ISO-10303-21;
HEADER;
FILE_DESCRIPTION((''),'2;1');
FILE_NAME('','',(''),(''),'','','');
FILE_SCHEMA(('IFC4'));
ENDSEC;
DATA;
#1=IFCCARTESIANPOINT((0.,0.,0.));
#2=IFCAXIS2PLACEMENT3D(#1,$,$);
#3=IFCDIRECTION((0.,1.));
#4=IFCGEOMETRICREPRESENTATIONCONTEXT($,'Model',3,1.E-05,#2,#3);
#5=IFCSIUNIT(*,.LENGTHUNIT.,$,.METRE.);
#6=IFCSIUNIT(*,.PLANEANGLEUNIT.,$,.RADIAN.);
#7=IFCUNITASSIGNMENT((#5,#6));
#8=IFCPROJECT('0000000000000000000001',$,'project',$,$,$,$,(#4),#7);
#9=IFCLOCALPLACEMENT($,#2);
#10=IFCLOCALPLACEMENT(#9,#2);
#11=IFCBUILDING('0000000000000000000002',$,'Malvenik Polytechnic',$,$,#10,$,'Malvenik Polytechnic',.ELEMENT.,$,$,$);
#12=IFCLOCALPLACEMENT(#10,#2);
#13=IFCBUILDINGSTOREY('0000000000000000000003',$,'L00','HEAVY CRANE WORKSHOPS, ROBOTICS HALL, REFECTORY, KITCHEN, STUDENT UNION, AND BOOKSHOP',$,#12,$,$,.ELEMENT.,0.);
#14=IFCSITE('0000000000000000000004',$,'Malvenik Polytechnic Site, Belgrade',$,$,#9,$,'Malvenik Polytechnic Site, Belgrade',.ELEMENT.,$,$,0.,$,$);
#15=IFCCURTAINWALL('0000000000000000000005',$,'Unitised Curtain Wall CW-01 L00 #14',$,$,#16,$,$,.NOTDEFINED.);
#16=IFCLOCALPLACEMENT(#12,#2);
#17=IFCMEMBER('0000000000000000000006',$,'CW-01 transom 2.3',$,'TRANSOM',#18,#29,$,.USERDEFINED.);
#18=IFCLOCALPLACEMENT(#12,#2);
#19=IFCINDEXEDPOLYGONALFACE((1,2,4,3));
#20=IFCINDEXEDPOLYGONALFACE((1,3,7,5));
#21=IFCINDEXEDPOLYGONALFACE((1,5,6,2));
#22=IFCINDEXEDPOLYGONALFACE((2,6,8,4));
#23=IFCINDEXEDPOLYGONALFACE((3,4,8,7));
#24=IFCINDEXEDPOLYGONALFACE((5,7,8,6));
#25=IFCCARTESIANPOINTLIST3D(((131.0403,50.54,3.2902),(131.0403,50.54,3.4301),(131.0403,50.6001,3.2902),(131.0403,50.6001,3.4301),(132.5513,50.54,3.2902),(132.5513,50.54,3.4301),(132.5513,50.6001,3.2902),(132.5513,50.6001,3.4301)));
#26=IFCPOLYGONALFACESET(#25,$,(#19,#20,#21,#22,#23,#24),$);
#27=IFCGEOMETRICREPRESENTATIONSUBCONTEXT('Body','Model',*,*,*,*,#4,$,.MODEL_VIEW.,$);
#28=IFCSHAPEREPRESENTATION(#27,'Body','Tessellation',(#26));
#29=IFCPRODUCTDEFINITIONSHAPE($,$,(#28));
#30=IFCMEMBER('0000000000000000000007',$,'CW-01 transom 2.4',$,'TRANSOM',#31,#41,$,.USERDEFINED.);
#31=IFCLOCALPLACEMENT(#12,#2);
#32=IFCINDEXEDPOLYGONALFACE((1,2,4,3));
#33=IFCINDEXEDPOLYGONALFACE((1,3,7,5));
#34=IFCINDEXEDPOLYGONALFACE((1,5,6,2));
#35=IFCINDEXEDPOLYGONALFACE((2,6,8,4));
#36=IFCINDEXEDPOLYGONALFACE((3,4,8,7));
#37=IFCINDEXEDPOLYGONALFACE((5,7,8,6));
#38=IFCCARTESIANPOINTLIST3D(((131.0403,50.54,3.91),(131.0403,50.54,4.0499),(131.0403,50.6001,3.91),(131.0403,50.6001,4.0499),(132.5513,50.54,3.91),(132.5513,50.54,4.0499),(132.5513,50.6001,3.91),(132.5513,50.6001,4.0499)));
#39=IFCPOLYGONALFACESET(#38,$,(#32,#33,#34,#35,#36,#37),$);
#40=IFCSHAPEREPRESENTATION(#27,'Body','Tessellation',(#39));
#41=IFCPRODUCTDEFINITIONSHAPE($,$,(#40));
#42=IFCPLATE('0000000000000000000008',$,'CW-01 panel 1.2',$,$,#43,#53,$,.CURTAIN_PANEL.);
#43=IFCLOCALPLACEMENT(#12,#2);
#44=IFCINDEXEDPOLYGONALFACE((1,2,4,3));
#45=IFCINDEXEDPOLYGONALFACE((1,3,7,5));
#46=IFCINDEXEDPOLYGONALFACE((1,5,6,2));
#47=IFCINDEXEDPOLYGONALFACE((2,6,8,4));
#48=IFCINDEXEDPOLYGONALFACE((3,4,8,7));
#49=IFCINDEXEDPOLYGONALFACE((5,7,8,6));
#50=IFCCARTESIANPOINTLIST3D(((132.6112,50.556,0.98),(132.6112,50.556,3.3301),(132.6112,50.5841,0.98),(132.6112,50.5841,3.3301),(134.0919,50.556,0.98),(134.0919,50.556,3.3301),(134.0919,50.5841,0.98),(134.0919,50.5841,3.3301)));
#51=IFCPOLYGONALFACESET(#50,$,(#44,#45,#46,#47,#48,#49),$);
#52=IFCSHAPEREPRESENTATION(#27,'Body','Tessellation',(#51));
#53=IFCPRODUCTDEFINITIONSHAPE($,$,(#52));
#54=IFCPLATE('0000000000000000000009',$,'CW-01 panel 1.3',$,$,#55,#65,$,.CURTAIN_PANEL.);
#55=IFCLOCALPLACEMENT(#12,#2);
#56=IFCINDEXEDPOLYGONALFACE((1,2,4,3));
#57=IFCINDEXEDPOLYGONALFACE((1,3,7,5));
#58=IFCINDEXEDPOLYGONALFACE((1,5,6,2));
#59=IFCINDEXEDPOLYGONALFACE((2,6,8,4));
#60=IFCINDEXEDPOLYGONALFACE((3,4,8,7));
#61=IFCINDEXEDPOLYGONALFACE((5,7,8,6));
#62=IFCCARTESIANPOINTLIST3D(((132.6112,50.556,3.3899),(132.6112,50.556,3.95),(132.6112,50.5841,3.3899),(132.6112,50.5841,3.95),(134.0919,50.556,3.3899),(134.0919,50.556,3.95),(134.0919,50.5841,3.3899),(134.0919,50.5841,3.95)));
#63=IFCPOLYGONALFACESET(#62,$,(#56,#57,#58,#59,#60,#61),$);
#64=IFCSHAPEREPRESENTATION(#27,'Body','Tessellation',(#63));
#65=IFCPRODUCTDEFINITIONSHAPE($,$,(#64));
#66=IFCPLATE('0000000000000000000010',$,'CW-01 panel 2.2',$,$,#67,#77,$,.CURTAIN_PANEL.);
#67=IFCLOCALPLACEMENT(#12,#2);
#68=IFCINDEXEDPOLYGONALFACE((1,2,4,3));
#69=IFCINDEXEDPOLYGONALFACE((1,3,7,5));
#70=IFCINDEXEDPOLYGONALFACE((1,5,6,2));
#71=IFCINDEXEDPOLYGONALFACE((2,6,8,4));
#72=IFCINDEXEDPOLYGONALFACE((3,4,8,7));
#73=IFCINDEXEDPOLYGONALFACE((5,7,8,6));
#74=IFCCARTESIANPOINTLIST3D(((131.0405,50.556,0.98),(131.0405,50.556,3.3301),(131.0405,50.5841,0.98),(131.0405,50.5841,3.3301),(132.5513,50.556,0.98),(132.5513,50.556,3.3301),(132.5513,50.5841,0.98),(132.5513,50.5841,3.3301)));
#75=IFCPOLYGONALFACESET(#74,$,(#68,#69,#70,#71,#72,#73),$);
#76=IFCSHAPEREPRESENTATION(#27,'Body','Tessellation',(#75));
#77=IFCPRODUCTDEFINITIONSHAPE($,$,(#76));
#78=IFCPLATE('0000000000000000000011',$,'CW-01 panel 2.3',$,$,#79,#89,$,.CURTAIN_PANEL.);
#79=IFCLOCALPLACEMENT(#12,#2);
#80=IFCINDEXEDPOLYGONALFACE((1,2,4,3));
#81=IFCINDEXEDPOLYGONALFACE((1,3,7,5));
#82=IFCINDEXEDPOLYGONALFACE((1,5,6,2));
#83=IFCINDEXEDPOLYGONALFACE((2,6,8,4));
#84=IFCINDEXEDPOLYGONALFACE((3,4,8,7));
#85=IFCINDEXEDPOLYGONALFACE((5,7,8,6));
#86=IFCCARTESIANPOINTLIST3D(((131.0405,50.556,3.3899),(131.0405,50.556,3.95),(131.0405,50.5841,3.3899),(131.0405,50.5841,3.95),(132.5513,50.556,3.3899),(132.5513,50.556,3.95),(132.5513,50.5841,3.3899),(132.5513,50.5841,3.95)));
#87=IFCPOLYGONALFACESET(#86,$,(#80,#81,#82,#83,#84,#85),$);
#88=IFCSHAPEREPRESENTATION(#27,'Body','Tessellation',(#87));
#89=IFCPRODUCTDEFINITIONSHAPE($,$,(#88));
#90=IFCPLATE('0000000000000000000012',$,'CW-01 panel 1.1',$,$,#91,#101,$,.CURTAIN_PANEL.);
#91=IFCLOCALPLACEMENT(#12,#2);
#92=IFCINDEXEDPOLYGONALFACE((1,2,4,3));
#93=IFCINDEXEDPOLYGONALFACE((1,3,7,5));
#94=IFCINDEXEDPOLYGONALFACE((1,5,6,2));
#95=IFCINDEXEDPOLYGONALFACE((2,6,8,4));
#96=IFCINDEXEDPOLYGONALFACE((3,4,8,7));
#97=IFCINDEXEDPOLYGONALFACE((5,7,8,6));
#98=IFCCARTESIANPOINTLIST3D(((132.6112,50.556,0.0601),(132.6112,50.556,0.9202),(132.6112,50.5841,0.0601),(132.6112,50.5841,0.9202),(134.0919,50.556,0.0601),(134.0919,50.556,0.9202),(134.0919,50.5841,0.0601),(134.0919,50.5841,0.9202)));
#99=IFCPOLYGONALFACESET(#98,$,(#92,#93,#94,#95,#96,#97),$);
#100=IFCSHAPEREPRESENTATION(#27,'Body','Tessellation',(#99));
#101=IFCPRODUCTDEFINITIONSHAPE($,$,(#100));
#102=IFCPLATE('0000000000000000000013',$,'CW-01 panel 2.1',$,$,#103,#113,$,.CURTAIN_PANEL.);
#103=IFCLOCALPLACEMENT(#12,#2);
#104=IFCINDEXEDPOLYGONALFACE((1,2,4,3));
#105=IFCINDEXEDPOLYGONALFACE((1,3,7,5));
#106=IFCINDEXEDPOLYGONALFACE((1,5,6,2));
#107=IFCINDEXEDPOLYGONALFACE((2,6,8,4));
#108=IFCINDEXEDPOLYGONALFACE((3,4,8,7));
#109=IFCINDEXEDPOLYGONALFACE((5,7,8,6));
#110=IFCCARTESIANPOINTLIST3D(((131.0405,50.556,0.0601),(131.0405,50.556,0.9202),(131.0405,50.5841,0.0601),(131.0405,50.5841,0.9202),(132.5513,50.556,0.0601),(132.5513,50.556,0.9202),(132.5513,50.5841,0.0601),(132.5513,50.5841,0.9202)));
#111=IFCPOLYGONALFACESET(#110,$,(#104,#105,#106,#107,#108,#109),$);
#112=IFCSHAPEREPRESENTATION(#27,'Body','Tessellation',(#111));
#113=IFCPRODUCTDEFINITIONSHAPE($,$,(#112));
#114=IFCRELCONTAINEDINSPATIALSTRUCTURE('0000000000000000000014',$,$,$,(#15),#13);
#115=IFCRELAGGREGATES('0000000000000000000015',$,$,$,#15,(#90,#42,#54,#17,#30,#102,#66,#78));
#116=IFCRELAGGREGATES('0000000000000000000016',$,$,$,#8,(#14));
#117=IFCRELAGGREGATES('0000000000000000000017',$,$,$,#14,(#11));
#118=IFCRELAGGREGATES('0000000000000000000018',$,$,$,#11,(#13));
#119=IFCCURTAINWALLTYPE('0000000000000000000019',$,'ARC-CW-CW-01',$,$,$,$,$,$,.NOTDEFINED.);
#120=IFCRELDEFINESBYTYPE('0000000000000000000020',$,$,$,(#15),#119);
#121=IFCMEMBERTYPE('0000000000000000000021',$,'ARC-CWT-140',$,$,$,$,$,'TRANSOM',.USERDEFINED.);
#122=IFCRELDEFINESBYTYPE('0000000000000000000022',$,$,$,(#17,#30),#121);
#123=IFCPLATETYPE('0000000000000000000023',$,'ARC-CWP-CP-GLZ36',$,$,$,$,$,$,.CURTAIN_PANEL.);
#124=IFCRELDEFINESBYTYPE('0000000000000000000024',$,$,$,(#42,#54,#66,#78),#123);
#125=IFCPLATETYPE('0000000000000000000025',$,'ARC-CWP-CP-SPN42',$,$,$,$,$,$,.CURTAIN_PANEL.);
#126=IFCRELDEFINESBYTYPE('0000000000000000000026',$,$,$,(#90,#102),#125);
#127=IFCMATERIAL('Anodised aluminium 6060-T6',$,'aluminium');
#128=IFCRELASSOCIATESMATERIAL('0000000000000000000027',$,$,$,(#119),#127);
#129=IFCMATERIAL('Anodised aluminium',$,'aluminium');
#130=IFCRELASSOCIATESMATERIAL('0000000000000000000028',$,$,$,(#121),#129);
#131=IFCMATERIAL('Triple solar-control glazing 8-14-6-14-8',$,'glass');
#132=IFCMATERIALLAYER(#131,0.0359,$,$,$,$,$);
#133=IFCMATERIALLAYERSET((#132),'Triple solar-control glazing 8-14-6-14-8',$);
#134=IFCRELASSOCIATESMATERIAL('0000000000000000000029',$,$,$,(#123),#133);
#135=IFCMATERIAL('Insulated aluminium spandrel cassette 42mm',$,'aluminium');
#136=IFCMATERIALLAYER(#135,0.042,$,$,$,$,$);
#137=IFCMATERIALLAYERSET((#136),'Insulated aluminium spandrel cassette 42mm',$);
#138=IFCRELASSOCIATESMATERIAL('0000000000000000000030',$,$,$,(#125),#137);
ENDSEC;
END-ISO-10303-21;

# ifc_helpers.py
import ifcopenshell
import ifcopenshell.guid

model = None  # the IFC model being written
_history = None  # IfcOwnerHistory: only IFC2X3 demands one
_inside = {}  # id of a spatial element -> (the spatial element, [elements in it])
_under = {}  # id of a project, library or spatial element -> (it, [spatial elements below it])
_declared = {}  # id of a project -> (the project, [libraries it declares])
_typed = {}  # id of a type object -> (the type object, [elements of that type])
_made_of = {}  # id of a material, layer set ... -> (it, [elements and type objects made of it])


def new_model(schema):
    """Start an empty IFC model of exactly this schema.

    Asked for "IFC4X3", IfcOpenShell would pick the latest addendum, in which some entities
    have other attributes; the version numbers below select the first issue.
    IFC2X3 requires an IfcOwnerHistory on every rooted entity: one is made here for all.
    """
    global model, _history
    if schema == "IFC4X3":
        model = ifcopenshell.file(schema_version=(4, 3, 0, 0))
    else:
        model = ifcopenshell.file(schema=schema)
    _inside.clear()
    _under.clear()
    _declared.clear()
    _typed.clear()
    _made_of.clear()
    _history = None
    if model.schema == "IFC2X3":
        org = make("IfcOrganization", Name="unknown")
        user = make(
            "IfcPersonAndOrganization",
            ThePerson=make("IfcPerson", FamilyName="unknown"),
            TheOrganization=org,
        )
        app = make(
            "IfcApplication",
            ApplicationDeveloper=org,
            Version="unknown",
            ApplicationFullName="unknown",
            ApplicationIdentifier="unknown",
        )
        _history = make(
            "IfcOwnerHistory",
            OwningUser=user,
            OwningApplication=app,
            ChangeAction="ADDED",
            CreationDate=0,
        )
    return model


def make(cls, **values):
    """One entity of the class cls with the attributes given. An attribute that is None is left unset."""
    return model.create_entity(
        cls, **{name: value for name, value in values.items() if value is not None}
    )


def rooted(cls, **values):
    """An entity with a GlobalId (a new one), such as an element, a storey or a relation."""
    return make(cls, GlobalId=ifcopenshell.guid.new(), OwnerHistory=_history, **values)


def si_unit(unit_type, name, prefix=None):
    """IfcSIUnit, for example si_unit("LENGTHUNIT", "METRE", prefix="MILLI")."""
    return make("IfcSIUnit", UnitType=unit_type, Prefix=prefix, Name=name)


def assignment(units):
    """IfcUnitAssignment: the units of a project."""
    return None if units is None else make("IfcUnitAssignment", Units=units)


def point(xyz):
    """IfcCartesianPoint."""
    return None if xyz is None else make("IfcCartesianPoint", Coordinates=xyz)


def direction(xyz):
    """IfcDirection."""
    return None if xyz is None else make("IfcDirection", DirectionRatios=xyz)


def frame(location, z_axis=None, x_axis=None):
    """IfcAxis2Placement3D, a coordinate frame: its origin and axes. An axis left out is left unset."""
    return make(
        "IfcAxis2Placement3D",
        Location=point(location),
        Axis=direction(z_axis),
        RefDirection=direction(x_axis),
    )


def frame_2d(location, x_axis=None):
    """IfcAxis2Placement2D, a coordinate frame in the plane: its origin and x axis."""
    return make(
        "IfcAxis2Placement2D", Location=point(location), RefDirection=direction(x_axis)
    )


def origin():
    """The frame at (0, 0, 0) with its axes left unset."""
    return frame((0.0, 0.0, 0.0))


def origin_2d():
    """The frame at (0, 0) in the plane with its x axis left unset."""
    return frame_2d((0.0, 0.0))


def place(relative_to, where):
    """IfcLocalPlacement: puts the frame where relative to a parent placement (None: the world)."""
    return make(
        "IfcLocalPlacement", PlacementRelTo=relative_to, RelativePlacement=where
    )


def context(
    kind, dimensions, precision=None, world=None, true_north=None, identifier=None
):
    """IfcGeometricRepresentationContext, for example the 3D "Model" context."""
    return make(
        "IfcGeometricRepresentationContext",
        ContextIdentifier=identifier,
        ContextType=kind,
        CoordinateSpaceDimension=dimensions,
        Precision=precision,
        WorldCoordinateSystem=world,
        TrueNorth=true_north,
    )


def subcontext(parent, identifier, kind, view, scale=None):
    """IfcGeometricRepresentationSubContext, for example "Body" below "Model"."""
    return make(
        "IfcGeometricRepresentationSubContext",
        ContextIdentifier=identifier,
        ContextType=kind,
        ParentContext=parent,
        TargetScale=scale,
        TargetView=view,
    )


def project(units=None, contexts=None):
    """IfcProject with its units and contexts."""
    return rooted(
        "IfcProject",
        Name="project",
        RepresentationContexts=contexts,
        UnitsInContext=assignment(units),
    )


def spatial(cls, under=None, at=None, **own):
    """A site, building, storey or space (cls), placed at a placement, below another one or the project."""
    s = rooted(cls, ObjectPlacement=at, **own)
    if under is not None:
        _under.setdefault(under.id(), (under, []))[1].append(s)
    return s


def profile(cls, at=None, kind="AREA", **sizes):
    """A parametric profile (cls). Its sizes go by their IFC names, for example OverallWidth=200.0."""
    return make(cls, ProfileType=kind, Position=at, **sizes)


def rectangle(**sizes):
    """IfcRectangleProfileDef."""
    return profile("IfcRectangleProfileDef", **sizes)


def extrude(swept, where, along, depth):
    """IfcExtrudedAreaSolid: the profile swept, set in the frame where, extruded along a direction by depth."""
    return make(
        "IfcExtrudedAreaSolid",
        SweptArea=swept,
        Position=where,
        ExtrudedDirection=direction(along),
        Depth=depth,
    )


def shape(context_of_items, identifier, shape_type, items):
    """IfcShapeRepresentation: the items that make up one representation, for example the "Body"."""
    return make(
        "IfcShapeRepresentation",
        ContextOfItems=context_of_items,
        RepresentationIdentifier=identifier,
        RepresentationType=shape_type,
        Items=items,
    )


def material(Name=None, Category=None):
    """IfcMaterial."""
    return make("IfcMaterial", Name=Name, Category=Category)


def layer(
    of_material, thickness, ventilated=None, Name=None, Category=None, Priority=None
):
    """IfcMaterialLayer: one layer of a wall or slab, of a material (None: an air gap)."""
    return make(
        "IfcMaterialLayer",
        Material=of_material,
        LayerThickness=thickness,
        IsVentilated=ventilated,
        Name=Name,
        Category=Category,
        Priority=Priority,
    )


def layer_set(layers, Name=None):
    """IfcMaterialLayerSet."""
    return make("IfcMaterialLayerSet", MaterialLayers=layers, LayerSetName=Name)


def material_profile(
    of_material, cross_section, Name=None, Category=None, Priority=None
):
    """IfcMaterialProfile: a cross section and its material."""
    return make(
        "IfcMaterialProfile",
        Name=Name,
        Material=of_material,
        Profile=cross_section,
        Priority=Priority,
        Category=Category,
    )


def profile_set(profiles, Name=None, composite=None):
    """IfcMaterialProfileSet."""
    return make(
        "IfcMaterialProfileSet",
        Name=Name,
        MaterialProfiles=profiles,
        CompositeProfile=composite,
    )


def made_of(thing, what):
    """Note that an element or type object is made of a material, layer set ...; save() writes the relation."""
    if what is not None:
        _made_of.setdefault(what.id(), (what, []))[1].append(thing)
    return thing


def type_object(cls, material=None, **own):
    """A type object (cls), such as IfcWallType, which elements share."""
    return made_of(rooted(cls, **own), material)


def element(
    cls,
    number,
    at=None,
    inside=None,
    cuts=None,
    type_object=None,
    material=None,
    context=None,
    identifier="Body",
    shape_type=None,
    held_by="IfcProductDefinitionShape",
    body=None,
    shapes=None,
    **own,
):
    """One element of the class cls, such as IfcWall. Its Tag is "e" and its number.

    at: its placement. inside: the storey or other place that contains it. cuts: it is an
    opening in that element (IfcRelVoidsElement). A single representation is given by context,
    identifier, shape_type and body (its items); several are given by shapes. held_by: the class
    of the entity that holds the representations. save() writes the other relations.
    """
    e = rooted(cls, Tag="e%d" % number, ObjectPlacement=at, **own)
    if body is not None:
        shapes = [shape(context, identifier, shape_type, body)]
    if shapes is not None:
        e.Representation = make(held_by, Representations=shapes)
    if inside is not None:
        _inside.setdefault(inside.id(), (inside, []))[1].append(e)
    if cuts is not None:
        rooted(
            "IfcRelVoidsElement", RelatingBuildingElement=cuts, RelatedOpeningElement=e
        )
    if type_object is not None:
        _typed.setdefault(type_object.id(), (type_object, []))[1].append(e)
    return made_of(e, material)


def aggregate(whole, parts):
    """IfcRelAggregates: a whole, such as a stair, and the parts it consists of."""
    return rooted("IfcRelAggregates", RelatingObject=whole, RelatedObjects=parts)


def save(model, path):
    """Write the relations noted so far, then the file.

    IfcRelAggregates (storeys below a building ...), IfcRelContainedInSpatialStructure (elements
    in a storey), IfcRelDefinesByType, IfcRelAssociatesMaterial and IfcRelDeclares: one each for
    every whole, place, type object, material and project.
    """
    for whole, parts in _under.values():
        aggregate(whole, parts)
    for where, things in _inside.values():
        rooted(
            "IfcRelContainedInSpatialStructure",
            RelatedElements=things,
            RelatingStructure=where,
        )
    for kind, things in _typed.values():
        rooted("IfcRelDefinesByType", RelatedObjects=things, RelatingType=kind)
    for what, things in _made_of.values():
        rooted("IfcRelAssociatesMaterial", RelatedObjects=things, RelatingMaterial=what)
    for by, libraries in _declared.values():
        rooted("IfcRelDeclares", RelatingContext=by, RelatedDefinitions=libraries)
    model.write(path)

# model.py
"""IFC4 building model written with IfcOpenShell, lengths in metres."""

from ifc_helpers import new_model, si_unit, direction, frame, origin, origin_2d, place, context, subcontext, project, spatial, rectangle, extrude, material, layer, layer_set, material_profile, profile_set, type_object, element, aggregate, save


model = new_model("IFC4")

# Units and contexts
model_context = context("Model", 3, precision=1e-05, world=origin(), true_north=direction((0.0, 1.0)))
body_context = subcontext(model_context, "Body", "Model", "MODEL_VIEW")
ifc_project = project(units=[si_unit("LENGTHUNIT", "METRE"), si_unit("PLANEANGLEUNIT", "RADIAN")], contexts=[model_context])

# Site, building, storey
site_placement = place(None, origin())
site = spatial("IfcSite", under=ifc_project, at=site_placement, Name="Malvenik Polytechnic Site, Belgrade", LongName="Malvenik Polytechnic Site, Belgrade", CompositionType="ELEMENT", RefElevation=0.0)
building_placement = place(site_placement, origin())
building = spatial("IfcBuilding", under=site, at=building_placement, Name="Malvenik Polytechnic", LongName="Malvenik Polytechnic", CompositionType="ELEMENT")
storey_placement = place(building_placement, origin())
storey = spatial("IfcBuildingStorey", under=building, at=storey_placement, Name="L00", Description="HEAVY CRANE WORKSHOPS, ROBOTICS HALL, REFECTORY, KITCHEN, STUDENT UNION, AND BOOKSHOP", CompositionType="ELEMENT", Elevation=0.0)

# Curtain wall, members, plates
ifc_material_1 = material(Name="Anodised aluminium 6060-T6", Category="aluminium")
curtain_wall_type = type_object("IfcCurtainWallType", Name="ARC-CW-CW-01", PredefinedType="NOTDEFINED", material=ifc_material_1)
curtain_wall_placement = place(storey_placement, origin())
curtain_wall = element("IfcCurtainWall", 1, at=curtain_wall_placement, inside=storey, type_object=curtain_wall_type, Name="Unitised Curtain Wall CW-01 L00 #14", PredefinedType="NOTDEFINED")
ifc_material_2 = material(Name="Anodised aluminium", Category="aluminium")
ifc_material_profile_1 = material_profile(ifc_material_2, rectangle(XDim=0.0601, YDim=0.1399, at=origin_2d()), Name="ALU TRANSOM 60x140")
ifc_profile_set_1 = profile_set([ifc_material_profile_1], Name="Anodised aluminium")
member_type_1 = type_object("IfcMemberType", Name="ARC-CWT-140", ElementType="TRANSOM", PredefinedType="USERDEFINED", material=ifc_profile_set_1)
member_1_placement = place(storey_placement, frame((132.5513, 50.5701, 3.3601), z_axis=(-1.0, 0.0, 0.0), x_axis=(0.0, -1.0, 0.0)))
member_1 = element("IfcMember", 2, at=member_1_placement, type_object=member_type_1, Name="CW-01 transom 2.3", ObjectType="TRANSOM", PredefinedType="USERDEFINED", context=body_context, shape_type="SweptSolid", body=[
    extrude(rectangle(XDim=0.0601, YDim=0.1399, at=origin_2d()), origin(), (0.0, 0.0, 1.0), 1.511),
])
member_2_placement = place(storey_placement, frame((132.5513, 50.5701, 3.98), z_axis=(-1.0, 0.0, 0.0), x_axis=(0.0, -1.0, 0.0)))
member_2 = element("IfcMember", 3, at=member_2_placement, type_object=member_type_1, Name="CW-01 transom 2.4", ObjectType="TRANSOM", PredefinedType="USERDEFINED", context=body_context, shape_type="SweptSolid", body=[
    extrude(rectangle(XDim=0.0601, YDim=0.1399, at=origin_2d()), origin(), (0.0, 0.0, 1.0), 1.511),
])
ifc_material_3 = material(Name="Triple solar-control glazing 8-14-6-14-8", Category="glass")
ifc_layer_1 = layer(ifc_material_3, 0.0359)
ifc_layer_set_1 = layer_set([ifc_layer_1], Name="Triple solar-control glazing 8-14-6-14-8")
plate_type_1 = type_object("IfcPlateType", Name="ARC-CWP-CP-GLZ36", PredefinedType="CURTAIN_PANEL", material=ifc_layer_set_1)
plate_1_placement = place(storey_placement, frame((133.3516, 50.5701, 0.98), z_axis=(0.0, 0.0, 1.0), x_axis=(-1.0, 0.0, 0.0)))
plate_1 = element("IfcPlate", 4, at=plate_1_placement, type_object=plate_type_1, Name="CW-01 panel 1.2", PredefinedType="CURTAIN_PANEL", context=body_context, shape_type="SweptSolid", body=[
    extrude(rectangle(XDim=1.4807, YDim=0.0281, at=origin_2d()), origin(), (0.0, 0.0, 1.0), 2.3501),
])
plate_2_placement = place(storey_placement, frame((133.3516, 50.5701, 3.3899), z_axis=(0.0, 0.0, 1.0), x_axis=(-1.0, 0.0, 0.0)))
plate_2 = element("IfcPlate", 5, at=plate_2_placement, type_object=plate_type_1, Name="CW-01 panel 1.3", PredefinedType="CURTAIN_PANEL", context=body_context, shape_type="SweptSolid", body=[
    extrude(rectangle(XDim=1.4807, YDim=0.0281, at=origin_2d()), origin(), (0.0, 0.0, 1.0), 0.5601),
])
plate_3_placement = place(storey_placement, frame((131.7959, 50.5701, 0.98), z_axis=(0.0, 0.0, 1.0), x_axis=(-1.0, 0.0, 0.0)))
plate_3 = element("IfcPlate", 6, at=plate_3_placement, type_object=plate_type_1, Name="CW-01 panel 2.2", PredefinedType="CURTAIN_PANEL", context=body_context, shape_type="SweptSolid", body=[
    extrude(rectangle(XDim=1.5107, YDim=0.0281, at=origin_2d()), origin(), (0.0, 0.0, 1.0), 2.3501),
])
plate_4_placement = place(storey_placement, frame((131.7959, 50.5701, 3.3899), z_axis=(0.0, 0.0, 1.0), x_axis=(-1.0, 0.0, 0.0)))
plate_4 = element("IfcPlate", 7, at=plate_4_placement, type_object=plate_type_1, Name="CW-01 panel 2.3", PredefinedType="CURTAIN_PANEL", context=body_context, shape_type="SweptSolid", body=[
    extrude(rectangle(XDim=1.5107, YDim=0.0281, at=origin_2d()), origin(), (0.0, 0.0, 1.0), 0.5601),
])
ifc_material_4 = material(Name="Insulated aluminium spandrel cassette 42mm", Category="aluminium")
ifc_layer_2 = layer(ifc_material_4, 0.042)
ifc_layer_set_2 = layer_set([ifc_layer_2], Name="Insulated aluminium spandrel cassette 42mm")
plate_type_2 = type_object("IfcPlateType", Name="ARC-CWP-CP-SPN42", PredefinedType="CURTAIN_PANEL", material=ifc_layer_set_2)
plate_5_placement = place(storey_placement, frame((133.3516, 50.5701, 0.0601), z_axis=(0.0, 0.0, 1.0), x_axis=(-1.0, 0.0, 0.0)))
plate_5 = element("IfcPlate", 8, at=plate_5_placement, type_object=plate_type_2, Name="CW-01 panel 1.1", PredefinedType="CURTAIN_PANEL", context=body_context, shape_type="SweptSolid", body=[
    extrude(rectangle(XDim=1.4807, YDim=0.0281, at=origin_2d()), origin(), (0.0, 0.0, 1.0), 0.8601),
])
plate_6_placement = place(storey_placement, frame((131.7959, 50.5701, 0.0601), z_axis=(0.0, 0.0, 1.0), x_axis=(-1.0, 0.0, 0.0)))
plate_6 = element("IfcPlate", 9, at=plate_6_placement, type_object=plate_type_2, Name="CW-01 panel 2.1", PredefinedType="CURTAIN_PANEL", context=body_context, shape_type="SweptSolid", body=[
    extrude(rectangle(XDim=1.5107, YDim=0.0281, at=origin_2d()), origin(), (0.0, 0.0, 1.0), 0.8601),
])
aggregate(curtain_wall, [plate_5, plate_1, plate_2, member_1, member_2, plate_6, plate_3, plate_4])

save(model, "model.ifc")
